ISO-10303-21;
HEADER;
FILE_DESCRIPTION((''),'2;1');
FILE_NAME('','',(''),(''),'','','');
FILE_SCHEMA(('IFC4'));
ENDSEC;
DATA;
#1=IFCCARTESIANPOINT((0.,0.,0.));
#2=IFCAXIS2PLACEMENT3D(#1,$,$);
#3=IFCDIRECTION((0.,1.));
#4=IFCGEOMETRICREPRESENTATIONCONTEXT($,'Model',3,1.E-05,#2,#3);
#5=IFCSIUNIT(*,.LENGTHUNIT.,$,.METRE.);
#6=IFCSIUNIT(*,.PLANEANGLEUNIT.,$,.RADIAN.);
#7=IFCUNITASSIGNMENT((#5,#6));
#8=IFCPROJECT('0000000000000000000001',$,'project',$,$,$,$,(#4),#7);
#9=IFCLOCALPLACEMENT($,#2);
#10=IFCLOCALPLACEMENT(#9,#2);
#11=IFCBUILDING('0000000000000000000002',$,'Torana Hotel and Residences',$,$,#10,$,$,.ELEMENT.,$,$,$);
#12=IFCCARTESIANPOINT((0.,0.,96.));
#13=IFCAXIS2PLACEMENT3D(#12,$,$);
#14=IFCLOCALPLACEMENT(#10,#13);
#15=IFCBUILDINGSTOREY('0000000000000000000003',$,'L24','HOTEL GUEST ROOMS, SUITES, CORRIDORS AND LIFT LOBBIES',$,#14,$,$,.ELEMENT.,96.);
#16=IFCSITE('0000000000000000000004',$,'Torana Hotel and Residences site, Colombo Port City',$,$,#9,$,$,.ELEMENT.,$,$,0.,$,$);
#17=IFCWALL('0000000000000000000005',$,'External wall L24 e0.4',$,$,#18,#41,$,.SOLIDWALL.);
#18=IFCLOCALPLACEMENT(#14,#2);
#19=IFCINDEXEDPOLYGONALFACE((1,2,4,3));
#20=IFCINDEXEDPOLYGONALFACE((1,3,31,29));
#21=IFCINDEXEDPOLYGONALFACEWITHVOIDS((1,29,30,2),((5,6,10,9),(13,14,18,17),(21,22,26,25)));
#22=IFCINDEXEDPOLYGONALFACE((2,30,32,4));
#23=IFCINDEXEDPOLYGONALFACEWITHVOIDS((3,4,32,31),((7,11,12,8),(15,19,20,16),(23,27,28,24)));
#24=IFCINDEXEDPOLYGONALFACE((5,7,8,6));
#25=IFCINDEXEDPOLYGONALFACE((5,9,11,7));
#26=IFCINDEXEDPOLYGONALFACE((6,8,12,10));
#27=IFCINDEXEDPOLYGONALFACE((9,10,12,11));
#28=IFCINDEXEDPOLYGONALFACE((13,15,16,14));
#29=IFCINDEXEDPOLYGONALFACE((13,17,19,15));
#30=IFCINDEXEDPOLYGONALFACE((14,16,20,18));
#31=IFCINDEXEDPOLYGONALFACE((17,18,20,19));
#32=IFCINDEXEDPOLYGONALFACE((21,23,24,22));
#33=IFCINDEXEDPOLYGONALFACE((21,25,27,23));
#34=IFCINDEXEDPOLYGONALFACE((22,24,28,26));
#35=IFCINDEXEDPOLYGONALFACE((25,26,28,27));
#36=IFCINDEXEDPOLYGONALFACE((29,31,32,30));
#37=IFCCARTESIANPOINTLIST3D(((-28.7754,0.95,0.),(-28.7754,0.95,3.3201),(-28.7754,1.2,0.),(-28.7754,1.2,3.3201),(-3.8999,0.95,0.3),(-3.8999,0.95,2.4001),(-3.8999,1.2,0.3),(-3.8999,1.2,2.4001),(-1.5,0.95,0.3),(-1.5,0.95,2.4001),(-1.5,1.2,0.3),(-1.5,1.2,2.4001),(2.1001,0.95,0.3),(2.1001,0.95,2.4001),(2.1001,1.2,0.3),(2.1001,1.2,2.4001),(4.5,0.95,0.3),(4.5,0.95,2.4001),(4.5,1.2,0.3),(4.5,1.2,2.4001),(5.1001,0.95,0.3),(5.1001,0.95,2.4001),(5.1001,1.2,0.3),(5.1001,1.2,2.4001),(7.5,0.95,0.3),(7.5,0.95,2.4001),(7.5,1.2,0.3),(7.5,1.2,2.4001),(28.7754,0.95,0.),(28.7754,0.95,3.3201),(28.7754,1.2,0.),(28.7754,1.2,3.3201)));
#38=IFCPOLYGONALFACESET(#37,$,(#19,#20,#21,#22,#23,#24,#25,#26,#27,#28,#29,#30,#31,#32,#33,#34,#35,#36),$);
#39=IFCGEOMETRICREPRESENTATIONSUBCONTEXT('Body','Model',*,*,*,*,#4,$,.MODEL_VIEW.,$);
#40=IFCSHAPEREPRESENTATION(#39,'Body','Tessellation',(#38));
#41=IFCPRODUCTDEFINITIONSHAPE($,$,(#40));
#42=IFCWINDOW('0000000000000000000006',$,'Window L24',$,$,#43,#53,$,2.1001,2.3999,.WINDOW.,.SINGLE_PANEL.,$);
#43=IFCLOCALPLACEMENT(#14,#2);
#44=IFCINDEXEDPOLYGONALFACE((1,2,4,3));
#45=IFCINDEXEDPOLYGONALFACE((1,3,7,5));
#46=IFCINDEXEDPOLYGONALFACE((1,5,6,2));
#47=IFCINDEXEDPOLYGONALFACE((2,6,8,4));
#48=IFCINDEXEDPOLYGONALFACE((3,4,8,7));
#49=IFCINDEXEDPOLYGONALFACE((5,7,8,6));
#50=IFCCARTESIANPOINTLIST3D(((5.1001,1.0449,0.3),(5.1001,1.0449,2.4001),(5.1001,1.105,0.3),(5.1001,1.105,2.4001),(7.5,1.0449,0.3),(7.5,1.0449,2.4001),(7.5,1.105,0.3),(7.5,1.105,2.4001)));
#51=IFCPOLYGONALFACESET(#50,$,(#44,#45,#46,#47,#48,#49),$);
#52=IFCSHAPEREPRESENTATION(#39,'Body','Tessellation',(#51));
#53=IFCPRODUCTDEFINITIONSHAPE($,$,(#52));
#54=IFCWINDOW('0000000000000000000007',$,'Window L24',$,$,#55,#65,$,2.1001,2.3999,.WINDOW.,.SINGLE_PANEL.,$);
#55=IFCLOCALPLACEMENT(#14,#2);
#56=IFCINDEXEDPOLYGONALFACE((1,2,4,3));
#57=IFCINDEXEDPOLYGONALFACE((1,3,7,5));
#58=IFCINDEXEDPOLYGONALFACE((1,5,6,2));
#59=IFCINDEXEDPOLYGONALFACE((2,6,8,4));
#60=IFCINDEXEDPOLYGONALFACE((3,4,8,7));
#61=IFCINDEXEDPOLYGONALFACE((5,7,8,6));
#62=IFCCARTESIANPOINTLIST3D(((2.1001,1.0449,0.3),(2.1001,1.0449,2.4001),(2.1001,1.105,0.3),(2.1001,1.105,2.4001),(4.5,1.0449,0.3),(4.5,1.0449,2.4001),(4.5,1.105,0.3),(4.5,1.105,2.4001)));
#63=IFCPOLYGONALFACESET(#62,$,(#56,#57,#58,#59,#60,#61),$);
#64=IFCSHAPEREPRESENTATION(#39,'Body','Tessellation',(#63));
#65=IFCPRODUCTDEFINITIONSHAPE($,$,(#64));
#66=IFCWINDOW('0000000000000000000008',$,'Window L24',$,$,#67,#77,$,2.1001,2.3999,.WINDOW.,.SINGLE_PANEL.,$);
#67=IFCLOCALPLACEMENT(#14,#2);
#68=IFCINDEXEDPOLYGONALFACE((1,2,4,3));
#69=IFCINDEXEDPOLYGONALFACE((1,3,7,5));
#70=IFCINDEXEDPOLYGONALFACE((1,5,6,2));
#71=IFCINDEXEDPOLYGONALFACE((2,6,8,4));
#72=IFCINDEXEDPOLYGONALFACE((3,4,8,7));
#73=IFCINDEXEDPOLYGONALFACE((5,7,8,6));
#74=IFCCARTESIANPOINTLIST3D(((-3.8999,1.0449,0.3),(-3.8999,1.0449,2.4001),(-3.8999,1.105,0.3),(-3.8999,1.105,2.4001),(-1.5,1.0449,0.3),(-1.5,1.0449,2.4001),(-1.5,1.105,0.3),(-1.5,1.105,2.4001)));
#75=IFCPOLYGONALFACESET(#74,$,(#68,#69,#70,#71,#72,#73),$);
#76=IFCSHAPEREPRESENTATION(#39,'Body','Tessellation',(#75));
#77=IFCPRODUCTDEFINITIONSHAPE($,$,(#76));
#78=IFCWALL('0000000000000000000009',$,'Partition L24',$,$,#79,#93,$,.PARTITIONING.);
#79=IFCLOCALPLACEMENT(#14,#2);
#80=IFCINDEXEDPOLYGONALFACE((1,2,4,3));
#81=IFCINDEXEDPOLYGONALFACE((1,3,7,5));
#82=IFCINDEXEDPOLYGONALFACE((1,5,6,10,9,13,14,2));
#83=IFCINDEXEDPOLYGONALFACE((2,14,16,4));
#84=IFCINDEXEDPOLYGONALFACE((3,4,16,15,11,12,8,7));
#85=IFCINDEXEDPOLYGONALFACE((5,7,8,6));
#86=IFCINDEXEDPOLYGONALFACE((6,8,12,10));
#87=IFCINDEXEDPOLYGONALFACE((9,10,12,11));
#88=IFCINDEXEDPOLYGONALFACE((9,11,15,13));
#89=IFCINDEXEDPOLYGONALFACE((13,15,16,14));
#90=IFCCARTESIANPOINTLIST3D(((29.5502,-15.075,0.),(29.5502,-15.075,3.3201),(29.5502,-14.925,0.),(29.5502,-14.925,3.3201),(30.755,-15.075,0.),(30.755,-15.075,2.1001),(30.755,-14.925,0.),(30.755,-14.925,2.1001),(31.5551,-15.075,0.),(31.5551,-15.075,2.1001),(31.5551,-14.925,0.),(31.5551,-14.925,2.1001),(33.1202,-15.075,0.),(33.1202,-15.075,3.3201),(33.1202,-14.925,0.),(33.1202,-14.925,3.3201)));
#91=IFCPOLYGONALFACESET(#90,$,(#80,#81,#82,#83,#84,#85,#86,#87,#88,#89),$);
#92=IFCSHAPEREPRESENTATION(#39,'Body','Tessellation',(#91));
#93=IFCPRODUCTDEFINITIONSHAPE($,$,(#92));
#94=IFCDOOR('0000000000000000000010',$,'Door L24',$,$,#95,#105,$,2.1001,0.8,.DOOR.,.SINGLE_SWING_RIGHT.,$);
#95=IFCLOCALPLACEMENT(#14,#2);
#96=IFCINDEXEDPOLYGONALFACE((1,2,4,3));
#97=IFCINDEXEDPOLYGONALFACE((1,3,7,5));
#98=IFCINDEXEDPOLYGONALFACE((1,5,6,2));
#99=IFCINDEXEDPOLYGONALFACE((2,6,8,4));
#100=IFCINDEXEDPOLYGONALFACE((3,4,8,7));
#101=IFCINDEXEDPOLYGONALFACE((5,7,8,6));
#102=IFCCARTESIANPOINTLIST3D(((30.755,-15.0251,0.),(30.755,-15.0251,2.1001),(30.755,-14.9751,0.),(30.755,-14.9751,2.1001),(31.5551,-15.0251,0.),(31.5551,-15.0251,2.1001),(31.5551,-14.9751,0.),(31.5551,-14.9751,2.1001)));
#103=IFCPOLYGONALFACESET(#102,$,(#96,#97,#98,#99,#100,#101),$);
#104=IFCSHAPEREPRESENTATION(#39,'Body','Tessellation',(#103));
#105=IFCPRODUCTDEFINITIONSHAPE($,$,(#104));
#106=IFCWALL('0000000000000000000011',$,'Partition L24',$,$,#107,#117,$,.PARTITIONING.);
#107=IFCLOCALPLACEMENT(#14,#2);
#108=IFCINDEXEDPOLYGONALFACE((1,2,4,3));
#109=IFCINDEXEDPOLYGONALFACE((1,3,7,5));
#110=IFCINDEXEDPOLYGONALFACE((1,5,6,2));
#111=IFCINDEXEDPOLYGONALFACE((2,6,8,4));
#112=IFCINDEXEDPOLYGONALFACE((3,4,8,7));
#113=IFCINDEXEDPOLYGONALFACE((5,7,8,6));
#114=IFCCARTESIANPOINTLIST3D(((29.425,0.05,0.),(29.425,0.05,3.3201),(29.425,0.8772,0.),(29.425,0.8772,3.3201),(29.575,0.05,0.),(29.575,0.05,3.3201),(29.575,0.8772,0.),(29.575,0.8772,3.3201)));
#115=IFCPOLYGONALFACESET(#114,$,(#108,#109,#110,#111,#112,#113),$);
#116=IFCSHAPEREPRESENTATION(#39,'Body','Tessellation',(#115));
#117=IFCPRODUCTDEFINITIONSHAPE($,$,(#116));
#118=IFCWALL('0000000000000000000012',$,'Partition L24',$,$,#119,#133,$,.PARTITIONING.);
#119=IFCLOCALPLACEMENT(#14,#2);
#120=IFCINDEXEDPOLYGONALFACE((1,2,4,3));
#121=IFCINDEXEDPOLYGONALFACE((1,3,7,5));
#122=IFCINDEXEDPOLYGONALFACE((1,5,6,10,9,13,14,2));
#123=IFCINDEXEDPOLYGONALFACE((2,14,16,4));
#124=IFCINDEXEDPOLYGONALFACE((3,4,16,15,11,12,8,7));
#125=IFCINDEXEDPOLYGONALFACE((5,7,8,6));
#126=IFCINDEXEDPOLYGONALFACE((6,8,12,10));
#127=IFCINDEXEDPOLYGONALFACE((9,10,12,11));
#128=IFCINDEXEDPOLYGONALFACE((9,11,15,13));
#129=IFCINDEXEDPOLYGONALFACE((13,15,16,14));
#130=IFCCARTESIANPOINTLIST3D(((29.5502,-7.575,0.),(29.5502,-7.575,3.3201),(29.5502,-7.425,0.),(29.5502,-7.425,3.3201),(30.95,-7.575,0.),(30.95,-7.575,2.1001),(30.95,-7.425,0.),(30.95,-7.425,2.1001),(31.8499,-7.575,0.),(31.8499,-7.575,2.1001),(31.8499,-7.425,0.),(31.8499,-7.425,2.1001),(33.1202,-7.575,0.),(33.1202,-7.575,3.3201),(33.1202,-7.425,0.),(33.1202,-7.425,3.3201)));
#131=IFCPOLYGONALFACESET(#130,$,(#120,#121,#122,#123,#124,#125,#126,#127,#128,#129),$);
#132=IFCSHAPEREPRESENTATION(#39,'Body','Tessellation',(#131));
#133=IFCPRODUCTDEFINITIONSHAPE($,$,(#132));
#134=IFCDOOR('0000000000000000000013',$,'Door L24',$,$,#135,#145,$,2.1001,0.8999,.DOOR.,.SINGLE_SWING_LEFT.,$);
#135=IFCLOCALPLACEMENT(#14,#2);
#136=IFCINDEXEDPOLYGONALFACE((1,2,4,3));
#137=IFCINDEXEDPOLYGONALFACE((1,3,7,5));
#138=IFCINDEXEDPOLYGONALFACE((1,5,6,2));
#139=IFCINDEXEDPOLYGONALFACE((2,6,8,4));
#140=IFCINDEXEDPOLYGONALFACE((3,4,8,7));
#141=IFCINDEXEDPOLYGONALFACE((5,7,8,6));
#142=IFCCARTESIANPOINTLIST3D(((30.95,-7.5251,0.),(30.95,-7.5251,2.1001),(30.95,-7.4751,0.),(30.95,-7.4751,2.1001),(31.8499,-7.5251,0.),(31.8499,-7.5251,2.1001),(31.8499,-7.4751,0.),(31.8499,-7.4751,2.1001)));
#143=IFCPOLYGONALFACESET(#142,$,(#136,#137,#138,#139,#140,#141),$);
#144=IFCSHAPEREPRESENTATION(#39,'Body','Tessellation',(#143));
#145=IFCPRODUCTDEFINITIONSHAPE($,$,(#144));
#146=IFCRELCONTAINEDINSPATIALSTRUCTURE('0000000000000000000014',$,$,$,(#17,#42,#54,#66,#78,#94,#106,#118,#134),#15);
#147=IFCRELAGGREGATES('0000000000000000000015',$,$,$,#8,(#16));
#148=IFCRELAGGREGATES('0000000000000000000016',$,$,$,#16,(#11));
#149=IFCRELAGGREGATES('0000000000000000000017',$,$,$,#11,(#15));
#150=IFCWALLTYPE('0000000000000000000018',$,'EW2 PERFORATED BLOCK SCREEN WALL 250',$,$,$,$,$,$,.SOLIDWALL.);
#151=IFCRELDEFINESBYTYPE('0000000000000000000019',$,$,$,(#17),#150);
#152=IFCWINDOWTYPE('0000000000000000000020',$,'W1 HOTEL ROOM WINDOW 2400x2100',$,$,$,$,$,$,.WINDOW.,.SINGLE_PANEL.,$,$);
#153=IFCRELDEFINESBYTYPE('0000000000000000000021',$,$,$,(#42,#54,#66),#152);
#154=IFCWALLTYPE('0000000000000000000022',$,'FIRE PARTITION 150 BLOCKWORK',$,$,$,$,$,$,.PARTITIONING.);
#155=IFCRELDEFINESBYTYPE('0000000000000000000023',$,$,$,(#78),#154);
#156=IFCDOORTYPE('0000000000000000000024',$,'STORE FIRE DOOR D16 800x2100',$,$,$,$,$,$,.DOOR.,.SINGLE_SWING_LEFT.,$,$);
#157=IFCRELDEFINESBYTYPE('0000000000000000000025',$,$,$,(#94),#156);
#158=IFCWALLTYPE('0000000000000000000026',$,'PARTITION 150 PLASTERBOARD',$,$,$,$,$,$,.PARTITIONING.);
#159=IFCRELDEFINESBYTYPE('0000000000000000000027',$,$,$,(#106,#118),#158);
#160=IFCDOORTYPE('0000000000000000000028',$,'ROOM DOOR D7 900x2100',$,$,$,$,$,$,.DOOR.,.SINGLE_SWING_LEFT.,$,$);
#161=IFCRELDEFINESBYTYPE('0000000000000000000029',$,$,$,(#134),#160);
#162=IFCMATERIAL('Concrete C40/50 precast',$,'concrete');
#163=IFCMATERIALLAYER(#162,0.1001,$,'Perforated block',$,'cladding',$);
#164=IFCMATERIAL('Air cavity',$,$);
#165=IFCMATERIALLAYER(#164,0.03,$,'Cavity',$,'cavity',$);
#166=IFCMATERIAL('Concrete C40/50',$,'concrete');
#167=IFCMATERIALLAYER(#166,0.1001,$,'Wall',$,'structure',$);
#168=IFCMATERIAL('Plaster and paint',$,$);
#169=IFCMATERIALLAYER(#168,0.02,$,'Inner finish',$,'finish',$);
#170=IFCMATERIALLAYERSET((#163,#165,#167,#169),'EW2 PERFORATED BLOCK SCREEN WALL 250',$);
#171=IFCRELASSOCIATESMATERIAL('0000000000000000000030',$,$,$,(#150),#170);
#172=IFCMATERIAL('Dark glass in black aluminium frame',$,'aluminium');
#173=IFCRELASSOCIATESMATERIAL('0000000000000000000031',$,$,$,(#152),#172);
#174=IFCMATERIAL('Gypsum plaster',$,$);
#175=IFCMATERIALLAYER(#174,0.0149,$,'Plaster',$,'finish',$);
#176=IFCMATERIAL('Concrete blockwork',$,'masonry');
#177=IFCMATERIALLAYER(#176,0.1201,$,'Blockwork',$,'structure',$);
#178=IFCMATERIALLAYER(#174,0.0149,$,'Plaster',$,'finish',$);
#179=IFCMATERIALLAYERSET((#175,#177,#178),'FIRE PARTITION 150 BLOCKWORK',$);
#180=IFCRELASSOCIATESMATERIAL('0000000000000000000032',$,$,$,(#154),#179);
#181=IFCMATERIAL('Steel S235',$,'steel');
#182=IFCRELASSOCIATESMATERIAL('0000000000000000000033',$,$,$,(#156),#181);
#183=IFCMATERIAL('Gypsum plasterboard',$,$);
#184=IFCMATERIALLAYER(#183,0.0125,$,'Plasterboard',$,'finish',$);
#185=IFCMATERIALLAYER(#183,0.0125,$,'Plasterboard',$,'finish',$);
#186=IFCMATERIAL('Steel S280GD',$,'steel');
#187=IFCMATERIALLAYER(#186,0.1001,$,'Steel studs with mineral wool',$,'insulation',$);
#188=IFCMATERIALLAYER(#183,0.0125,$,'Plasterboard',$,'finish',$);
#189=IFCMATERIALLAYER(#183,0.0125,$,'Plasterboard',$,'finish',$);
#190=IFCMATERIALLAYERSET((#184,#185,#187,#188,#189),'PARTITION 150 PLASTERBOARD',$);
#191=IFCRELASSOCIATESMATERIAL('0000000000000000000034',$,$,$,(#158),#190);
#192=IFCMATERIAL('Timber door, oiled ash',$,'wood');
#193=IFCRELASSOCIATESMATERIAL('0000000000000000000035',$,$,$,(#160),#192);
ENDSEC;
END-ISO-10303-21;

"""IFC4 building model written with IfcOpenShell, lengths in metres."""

from ifc_helpers import new_model, si_unit, direction, frame, frame_2d, origin, place, context, subcontext, project, spatial, rectangle, extrude, material, layer, layer_set, type_object, element, fill, save


model = new_model("IFC4")

# Units and contexts
model_context = context("Model", 3, precision=1e-05, world=origin(), true_north=direction((0.0, 1.0)))
body_context = subcontext(model_context, "Body", "Model", "MODEL_VIEW")
ifc_project = project(units=[si_unit("LENGTHUNIT", "METRE"), si_unit("PLANEANGLEUNIT", "RADIAN")], contexts=[model_context])

# Site, building, storey
site_placement = place(None, origin())
site = spatial("IfcSite", under=ifc_project, at=site_placement, Name="Torana Hotel and Residences site, Colombo Port City", CompositionType="ELEMENT", RefElevation=0.0)
building_placement = place(site_placement, origin())
building = spatial("IfcBuilding", under=site, at=building_placement, Name="Torana Hotel and Residences", CompositionType="ELEMENT")
storey_placement = place(building_placement, frame((0.0, 0.0, 96.0)))
storey = spatial("IfcBuildingStorey", under=building, at=storey_placement, Name="L24", Description="HOTEL GUEST ROOMS, SUITES, CORRIDORS AND LIFT LOBBIES", CompositionType="ELEMENT", Elevation=96.0)

# Shared definitions
ifc_material_1 = material(Name="Steel S280GD", Category="steel")

# Wall, openings, windows
ifc_material_2 = material(Name="Concrete C40/50 precast", Category="concrete")
ifc_layer_1 = layer(ifc_material_2, 0.1001, Name="Perforated block", Category="cladding")
ifc_material_3 = material(Name="Air cavity")
ifc_layer_2 = layer(ifc_material_3, 0.03, Name="Cavity", Category="cavity")
ifc_material_4 = material(Name="Concrete C40/50", Category="concrete")
ifc_layer_3 = layer(ifc_material_4, 0.1001, Name="Wall", Category="structure")
ifc_material_5 = material(Name="Plaster and paint")
ifc_layer_4 = layer(ifc_material_5, 0.02, Name="Inner finish", Category="finish")
ifc_layer_set_1 = layer_set([ifc_layer_1, ifc_layer_2, ifc_layer_3, ifc_layer_4], Name="EW2 PERFORATED BLOCK SCREEN WALL 250")
wall_type_1 = type_object("IfcWallType", Name="EW2 PERFORATED BLOCK SCREEN WALL 250", PredefinedType="SOLIDWALL", material=ifc_layer_set_1)
wall_1_placement = place(storey_placement, frame((28.7754, 1.075, 0.0), z_axis=(0.0, 0.0, 1.0), x_axis=(-1.0, 0.0, 0.0)))
wall_1 = element("IfcWall", 1, at=wall_1_placement, inside=storey, type_object=wall_type_1, Name="External wall L24 e0.4", PredefinedType="SOLIDWALL", context=body_context, shape_type="SweptSolid", body=[
    extrude(rectangle(XDim=57.5508, YDim=0.25, at=frame_2d((28.7754, 0.0))), origin(), (0.0, 0.0, 1.0), 3.3201),
])
opening_1_placement = place(wall_1_placement, frame((21.2754, 0.0, 0.3)))
opening_1 = element("IfcOpeningElement", 2, at=opening_1_placement, cuts=wall_1, PredefinedType="OPENING", context=body_context, shape_type="SweptSolid", body=[
    extrude(rectangle(XDim=2.3999, YDim=2.1001, at=frame_2d((1.2, 1.05))), frame((0.0, 0.135, 0.0), z_axis=(0.0, -1.0, 0.0), x_axis=(1.0, 0.0, 0.0)), (0.0, 0.0, 1.0), 0.27),
])
opening_2_placement = place(wall_1_placement, frame((24.2754, 0.0, 0.3)))
opening_2 = element("IfcOpeningElement", 3, at=opening_2_placement, cuts=wall_1, PredefinedType="OPENING", context=body_context, shape_type="SweptSolid", body=[
    extrude(rectangle(XDim=2.3999, YDim=2.1001, at=frame_2d((1.2, 1.05))), frame((0.0, 0.135, 0.0), z_axis=(0.0, -1.0, 0.0), x_axis=(1.0, 0.0, 0.0)), (0.0, 0.0, 1.0), 0.27),
])
opening_3_placement = place(wall_1_placement, frame((30.2754, 0.0, 0.3)))
opening_3 = element("IfcOpeningElement", 4, at=opening_3_placement, cuts=wall_1, PredefinedType="OPENING", context=body_context, shape_type="SweptSolid", body=[
    extrude(rectangle(XDim=2.3999, YDim=2.1001, at=frame_2d((1.2, 1.05))), frame((0.0, 0.135, 0.0), z_axis=(0.0, -1.0, 0.0), x_axis=(1.0, 0.0, 0.0)), (0.0, 0.0, 1.0), 0.27),
])
ifc_material_6 = material(Name="Dark glass in black aluminium frame", Category="aluminium")
window_type = type_object("IfcWindowType", Name="W1 HOTEL ROOM WINDOW 2400x2100", PartitioningType="SINGLE_PANEL", PredefinedType="WINDOW", material=ifc_material_6)
window_1_placement = place(opening_1_placement, origin())
window_1 = element("IfcWindow", 5, at=window_1_placement, inside=storey, type_object=window_type, Name="Window L24", OverallHeight=2.1001, OverallWidth=2.3999, PartitioningType="SINGLE_PANEL", PredefinedType="WINDOW", context=body_context, shape_type="SweptSolid", body=[
    extrude(rectangle(XDim=2.3999, YDim=2.1001, at=frame_2d((1.2, 1.05))), frame((0.0, 0.03, 0.0), z_axis=(0.0, -1.0, 0.0), x_axis=(1.0, 0.0, 0.0)), (0.0, 0.0, 1.0), 0.0601),
])
fill(opening_1, window_1)
window_2_placement = place(opening_2_placement, origin())
window_2 = element("IfcWindow", 6, at=window_2_placement, inside=storey, type_object=window_type, Name="Window L24", OverallHeight=2.1001, OverallWidth=2.3999, PartitioningType="SINGLE_PANEL", PredefinedType="WINDOW", context=body_context, shape_type="SweptSolid", body=[
    extrude(rectangle(XDim=2.3999, YDim=2.1001, at=frame_2d((1.2, 1.05))), frame((0.0, 0.03, 0.0), z_axis=(0.0, -1.0, 0.0), x_axis=(1.0, 0.0, 0.0)), (0.0, 0.0, 1.0), 0.0601),
])
fill(opening_2, window_2)
window_3_placement = place(opening_3_placement, origin())
window_3 = element("IfcWindow", 7, at=window_3_placement, inside=storey, type_object=window_type, Name="Window L24", OverallHeight=2.1001, OverallWidth=2.3999, PartitioningType="SINGLE_PANEL", PredefinedType="WINDOW", context=body_context, shape_type="SweptSolid", body=[
    extrude(rectangle(XDim=2.3999, YDim=2.1001, at=frame_2d((1.2, 1.05))), frame((0.0, 0.03, 0.0), z_axis=(0.0, -1.0, 0.0), x_axis=(1.0, 0.0, 0.0)), (0.0, 0.0, 1.0), 0.0601),
])
fill(opening_3, window_3)

# Wall, opening, door
ifc_material_7 = material(Name="Gypsum plaster")
ifc_layer_5 = layer(ifc_material_7, 0.0149, Name="Plaster", Category="finish")
ifc_material_8 = material(Name="Concrete blockwork", Category="masonry")
ifc_layer_6 = layer(ifc_material_8, 0.1201, Name="Blockwork", Category="structure")
ifc_layer_7 = layer(ifc_material_7, 0.0149, Name="Plaster", Category="finish")
ifc_layer_set_2 = layer_set([ifc_layer_5, ifc_layer_6, ifc_layer_7], Name="FIRE PARTITION 150 BLOCKWORK")
wall_type_2 = type_object("IfcWallType", Name="FIRE PARTITION 150 BLOCKWORK", PredefinedType="PARTITIONING", material=ifc_layer_set_2)
wall_2_placement = place(storey_placement, frame((29.55, -15.0, 0.0), z_axis=(0.0, 0.0, 1.0), x_axis=(1.0, 0.0, 0.0)))
wall_2 = element("IfcWall", 8, at=wall_2_placement, inside=storey, type_object=wall_type_2, Name="Partition L24", PredefinedType="PARTITIONING", context=body_context, shape_type="SweptSolid", body=[
    extrude(rectangle(XDim=3.5701, YDim=0.1499, at=frame_2d((1.7852, 0.0))), origin(), (0.0, 0.0, 1.0), 3.3201),
])
opening_4_placement = place(wall_2_placement, frame((1.2051, 0.0, 0.0)))
opening_4 = element("IfcOpeningElement", 9, at=opening_4_placement, cuts=wall_2, PredefinedType="OPENING", context=body_context, shape_type="SweptSolid", body=[
    extrude(rectangle(XDim=0.8, YDim=2.1001, at=frame_2d((0.3999, 1.05))), frame((0.0, 0.085, 0.0), z_axis=(0.0, -1.0, 0.0), x_axis=(1.0, 0.0, 0.0)), (0.0, 0.0, 1.0), 0.1699),
])
ifc_material_9 = material(Name="Steel S235", Category="steel")
door_type_1 = type_object("IfcDoorType", Name="STORE FIRE DOOR D16 800x2100", OperationType="SINGLE_SWING_LEFT", PredefinedType="DOOR", material=ifc_material_9)
door_1_placement = place(opening_4_placement, origin())
door_1 = element("IfcDoor", 10, at=door_1_placement, inside=storey, type_object=door_type_1, Name="Door L24", OperationType="SINGLE_SWING_RIGHT", OverallHeight=2.1001, OverallWidth=0.8, PredefinedType="DOOR", context=body_context, shape_type="SweptSolid", body=[
    extrude(rectangle(XDim=0.8, YDim=2.1001, at=frame_2d((0.3999, 1.05))), frame((0.0, 0.0249, 0.0), z_axis=(0.0, -1.0, 0.0), x_axis=(1.0, 0.0, 0.0)), (0.0, 0.0, 1.0), 0.05),
])
fill(opening_4, door_1)

# Wall
ifc_material_10 = material(Name="Gypsum plasterboard")
ifc_layer_8 = layer(ifc_material_10, 0.0125, Name="Plasterboard", Category="finish")
ifc_layer_9 = layer(ifc_material_10, 0.0125, Name="Plasterboard", Category="finish")
ifc_layer_10 = layer(ifc_material_1, 0.1001, Name="Steel studs with mineral wool", Category="insulation")
ifc_layer_11 = layer(ifc_material_10, 0.0125, Name="Plasterboard", Category="finish")
ifc_layer_12 = layer(ifc_material_10, 0.0125, Name="Plasterboard", Category="finish")
ifc_layer_set_3 = layer_set([ifc_layer_8, ifc_layer_9, ifc_layer_10, ifc_layer_11, ifc_layer_12], Name="PARTITION 150 PLASTERBOARD")
wall_type_3 = type_object("IfcWallType", Name="PARTITION 150 PLASTERBOARD", PredefinedType="PARTITIONING", material=ifc_layer_set_3)
wall_3_placement = place(storey_placement, frame((29.5, 0.05, 0.0), z_axis=(0.0, 0.0, 1.0), x_axis=(0.0, 1.0, 0.0)))
element("IfcWall", 11, at=wall_3_placement, inside=storey, type_object=wall_type_3, Name="Partition L24", PredefinedType="PARTITIONING", context=body_context, shape_type="SweptSolid", body=[
    extrude(rectangle(XDim=0.8271, YDim=0.1499, at=frame_2d((0.4136, 0.0))), origin(), (0.0, 0.0, 1.0), 3.3201),
])

# Wall, opening, door
wall_4_placement = place(storey_placement, frame((29.55, -7.5, 0.0), z_axis=(0.0, 0.0, 1.0), x_axis=(1.0, 0.0, 0.0)))
wall_4 = element("IfcWall", 12, at=wall_4_placement, inside=storey, type_object=wall_type_3, Name="Partition L24", PredefinedType="PARTITIONING", context=body_context, shape_type="SweptSolid", body=[
    extrude(rectangle(XDim=3.5701, YDim=0.1499, at=frame_2d((1.7852, 0.0))), origin(), (0.0, 0.0, 1.0), 3.3201),
])
opening_5_placement = place(wall_4_placement, frame((1.3999, 0.0, 0.0)))
opening_5 = element("IfcOpeningElement", 13, at=opening_5_placement, cuts=wall_4, PredefinedType="OPENING", context=body_context, shape_type="SweptSolid", body=[
    extrude(rectangle(XDim=0.8999, YDim=2.1001, at=frame_2d((0.45, 1.05))), frame((0.0, 0.085, 0.0), z_axis=(0.0, -1.0, 0.0), x_axis=(1.0, 0.0, 0.0)), (0.0, 0.0, 1.0), 0.1699),
])
ifc_material_11 = material(Name="Timber door, oiled ash", Category="wood")
door_type_2 = type_object("IfcDoorType", Name="ROOM DOOR D7 900x2100", OperationType="SINGLE_SWING_LEFT", PredefinedType="DOOR", material=ifc_material_11)
door_2_placement = place(opening_5_placement, origin())
door_2 = element("IfcDoor", 14, at=door_2_placement, inside=storey, type_object=door_type_2, Name="Door L24", OperationType="SINGLE_SWING_LEFT", OverallHeight=2.1001, OverallWidth=0.8999, PredefinedType="DOOR", context=body_context, shape_type="SweptSolid", body=[
    extrude(rectangle(XDim=0.8999, YDim=2.1001, at=frame_2d((0.45, 1.05))), frame((0.0, 0.0249, 0.0), z_axis=(0.0, -1.0, 0.0), x_axis=(1.0, 0.0, 0.0)), (0.0, 0.0, 1.0), 0.05),
])
fill(opening_5, door_2)

save(model, "model.ifc")
